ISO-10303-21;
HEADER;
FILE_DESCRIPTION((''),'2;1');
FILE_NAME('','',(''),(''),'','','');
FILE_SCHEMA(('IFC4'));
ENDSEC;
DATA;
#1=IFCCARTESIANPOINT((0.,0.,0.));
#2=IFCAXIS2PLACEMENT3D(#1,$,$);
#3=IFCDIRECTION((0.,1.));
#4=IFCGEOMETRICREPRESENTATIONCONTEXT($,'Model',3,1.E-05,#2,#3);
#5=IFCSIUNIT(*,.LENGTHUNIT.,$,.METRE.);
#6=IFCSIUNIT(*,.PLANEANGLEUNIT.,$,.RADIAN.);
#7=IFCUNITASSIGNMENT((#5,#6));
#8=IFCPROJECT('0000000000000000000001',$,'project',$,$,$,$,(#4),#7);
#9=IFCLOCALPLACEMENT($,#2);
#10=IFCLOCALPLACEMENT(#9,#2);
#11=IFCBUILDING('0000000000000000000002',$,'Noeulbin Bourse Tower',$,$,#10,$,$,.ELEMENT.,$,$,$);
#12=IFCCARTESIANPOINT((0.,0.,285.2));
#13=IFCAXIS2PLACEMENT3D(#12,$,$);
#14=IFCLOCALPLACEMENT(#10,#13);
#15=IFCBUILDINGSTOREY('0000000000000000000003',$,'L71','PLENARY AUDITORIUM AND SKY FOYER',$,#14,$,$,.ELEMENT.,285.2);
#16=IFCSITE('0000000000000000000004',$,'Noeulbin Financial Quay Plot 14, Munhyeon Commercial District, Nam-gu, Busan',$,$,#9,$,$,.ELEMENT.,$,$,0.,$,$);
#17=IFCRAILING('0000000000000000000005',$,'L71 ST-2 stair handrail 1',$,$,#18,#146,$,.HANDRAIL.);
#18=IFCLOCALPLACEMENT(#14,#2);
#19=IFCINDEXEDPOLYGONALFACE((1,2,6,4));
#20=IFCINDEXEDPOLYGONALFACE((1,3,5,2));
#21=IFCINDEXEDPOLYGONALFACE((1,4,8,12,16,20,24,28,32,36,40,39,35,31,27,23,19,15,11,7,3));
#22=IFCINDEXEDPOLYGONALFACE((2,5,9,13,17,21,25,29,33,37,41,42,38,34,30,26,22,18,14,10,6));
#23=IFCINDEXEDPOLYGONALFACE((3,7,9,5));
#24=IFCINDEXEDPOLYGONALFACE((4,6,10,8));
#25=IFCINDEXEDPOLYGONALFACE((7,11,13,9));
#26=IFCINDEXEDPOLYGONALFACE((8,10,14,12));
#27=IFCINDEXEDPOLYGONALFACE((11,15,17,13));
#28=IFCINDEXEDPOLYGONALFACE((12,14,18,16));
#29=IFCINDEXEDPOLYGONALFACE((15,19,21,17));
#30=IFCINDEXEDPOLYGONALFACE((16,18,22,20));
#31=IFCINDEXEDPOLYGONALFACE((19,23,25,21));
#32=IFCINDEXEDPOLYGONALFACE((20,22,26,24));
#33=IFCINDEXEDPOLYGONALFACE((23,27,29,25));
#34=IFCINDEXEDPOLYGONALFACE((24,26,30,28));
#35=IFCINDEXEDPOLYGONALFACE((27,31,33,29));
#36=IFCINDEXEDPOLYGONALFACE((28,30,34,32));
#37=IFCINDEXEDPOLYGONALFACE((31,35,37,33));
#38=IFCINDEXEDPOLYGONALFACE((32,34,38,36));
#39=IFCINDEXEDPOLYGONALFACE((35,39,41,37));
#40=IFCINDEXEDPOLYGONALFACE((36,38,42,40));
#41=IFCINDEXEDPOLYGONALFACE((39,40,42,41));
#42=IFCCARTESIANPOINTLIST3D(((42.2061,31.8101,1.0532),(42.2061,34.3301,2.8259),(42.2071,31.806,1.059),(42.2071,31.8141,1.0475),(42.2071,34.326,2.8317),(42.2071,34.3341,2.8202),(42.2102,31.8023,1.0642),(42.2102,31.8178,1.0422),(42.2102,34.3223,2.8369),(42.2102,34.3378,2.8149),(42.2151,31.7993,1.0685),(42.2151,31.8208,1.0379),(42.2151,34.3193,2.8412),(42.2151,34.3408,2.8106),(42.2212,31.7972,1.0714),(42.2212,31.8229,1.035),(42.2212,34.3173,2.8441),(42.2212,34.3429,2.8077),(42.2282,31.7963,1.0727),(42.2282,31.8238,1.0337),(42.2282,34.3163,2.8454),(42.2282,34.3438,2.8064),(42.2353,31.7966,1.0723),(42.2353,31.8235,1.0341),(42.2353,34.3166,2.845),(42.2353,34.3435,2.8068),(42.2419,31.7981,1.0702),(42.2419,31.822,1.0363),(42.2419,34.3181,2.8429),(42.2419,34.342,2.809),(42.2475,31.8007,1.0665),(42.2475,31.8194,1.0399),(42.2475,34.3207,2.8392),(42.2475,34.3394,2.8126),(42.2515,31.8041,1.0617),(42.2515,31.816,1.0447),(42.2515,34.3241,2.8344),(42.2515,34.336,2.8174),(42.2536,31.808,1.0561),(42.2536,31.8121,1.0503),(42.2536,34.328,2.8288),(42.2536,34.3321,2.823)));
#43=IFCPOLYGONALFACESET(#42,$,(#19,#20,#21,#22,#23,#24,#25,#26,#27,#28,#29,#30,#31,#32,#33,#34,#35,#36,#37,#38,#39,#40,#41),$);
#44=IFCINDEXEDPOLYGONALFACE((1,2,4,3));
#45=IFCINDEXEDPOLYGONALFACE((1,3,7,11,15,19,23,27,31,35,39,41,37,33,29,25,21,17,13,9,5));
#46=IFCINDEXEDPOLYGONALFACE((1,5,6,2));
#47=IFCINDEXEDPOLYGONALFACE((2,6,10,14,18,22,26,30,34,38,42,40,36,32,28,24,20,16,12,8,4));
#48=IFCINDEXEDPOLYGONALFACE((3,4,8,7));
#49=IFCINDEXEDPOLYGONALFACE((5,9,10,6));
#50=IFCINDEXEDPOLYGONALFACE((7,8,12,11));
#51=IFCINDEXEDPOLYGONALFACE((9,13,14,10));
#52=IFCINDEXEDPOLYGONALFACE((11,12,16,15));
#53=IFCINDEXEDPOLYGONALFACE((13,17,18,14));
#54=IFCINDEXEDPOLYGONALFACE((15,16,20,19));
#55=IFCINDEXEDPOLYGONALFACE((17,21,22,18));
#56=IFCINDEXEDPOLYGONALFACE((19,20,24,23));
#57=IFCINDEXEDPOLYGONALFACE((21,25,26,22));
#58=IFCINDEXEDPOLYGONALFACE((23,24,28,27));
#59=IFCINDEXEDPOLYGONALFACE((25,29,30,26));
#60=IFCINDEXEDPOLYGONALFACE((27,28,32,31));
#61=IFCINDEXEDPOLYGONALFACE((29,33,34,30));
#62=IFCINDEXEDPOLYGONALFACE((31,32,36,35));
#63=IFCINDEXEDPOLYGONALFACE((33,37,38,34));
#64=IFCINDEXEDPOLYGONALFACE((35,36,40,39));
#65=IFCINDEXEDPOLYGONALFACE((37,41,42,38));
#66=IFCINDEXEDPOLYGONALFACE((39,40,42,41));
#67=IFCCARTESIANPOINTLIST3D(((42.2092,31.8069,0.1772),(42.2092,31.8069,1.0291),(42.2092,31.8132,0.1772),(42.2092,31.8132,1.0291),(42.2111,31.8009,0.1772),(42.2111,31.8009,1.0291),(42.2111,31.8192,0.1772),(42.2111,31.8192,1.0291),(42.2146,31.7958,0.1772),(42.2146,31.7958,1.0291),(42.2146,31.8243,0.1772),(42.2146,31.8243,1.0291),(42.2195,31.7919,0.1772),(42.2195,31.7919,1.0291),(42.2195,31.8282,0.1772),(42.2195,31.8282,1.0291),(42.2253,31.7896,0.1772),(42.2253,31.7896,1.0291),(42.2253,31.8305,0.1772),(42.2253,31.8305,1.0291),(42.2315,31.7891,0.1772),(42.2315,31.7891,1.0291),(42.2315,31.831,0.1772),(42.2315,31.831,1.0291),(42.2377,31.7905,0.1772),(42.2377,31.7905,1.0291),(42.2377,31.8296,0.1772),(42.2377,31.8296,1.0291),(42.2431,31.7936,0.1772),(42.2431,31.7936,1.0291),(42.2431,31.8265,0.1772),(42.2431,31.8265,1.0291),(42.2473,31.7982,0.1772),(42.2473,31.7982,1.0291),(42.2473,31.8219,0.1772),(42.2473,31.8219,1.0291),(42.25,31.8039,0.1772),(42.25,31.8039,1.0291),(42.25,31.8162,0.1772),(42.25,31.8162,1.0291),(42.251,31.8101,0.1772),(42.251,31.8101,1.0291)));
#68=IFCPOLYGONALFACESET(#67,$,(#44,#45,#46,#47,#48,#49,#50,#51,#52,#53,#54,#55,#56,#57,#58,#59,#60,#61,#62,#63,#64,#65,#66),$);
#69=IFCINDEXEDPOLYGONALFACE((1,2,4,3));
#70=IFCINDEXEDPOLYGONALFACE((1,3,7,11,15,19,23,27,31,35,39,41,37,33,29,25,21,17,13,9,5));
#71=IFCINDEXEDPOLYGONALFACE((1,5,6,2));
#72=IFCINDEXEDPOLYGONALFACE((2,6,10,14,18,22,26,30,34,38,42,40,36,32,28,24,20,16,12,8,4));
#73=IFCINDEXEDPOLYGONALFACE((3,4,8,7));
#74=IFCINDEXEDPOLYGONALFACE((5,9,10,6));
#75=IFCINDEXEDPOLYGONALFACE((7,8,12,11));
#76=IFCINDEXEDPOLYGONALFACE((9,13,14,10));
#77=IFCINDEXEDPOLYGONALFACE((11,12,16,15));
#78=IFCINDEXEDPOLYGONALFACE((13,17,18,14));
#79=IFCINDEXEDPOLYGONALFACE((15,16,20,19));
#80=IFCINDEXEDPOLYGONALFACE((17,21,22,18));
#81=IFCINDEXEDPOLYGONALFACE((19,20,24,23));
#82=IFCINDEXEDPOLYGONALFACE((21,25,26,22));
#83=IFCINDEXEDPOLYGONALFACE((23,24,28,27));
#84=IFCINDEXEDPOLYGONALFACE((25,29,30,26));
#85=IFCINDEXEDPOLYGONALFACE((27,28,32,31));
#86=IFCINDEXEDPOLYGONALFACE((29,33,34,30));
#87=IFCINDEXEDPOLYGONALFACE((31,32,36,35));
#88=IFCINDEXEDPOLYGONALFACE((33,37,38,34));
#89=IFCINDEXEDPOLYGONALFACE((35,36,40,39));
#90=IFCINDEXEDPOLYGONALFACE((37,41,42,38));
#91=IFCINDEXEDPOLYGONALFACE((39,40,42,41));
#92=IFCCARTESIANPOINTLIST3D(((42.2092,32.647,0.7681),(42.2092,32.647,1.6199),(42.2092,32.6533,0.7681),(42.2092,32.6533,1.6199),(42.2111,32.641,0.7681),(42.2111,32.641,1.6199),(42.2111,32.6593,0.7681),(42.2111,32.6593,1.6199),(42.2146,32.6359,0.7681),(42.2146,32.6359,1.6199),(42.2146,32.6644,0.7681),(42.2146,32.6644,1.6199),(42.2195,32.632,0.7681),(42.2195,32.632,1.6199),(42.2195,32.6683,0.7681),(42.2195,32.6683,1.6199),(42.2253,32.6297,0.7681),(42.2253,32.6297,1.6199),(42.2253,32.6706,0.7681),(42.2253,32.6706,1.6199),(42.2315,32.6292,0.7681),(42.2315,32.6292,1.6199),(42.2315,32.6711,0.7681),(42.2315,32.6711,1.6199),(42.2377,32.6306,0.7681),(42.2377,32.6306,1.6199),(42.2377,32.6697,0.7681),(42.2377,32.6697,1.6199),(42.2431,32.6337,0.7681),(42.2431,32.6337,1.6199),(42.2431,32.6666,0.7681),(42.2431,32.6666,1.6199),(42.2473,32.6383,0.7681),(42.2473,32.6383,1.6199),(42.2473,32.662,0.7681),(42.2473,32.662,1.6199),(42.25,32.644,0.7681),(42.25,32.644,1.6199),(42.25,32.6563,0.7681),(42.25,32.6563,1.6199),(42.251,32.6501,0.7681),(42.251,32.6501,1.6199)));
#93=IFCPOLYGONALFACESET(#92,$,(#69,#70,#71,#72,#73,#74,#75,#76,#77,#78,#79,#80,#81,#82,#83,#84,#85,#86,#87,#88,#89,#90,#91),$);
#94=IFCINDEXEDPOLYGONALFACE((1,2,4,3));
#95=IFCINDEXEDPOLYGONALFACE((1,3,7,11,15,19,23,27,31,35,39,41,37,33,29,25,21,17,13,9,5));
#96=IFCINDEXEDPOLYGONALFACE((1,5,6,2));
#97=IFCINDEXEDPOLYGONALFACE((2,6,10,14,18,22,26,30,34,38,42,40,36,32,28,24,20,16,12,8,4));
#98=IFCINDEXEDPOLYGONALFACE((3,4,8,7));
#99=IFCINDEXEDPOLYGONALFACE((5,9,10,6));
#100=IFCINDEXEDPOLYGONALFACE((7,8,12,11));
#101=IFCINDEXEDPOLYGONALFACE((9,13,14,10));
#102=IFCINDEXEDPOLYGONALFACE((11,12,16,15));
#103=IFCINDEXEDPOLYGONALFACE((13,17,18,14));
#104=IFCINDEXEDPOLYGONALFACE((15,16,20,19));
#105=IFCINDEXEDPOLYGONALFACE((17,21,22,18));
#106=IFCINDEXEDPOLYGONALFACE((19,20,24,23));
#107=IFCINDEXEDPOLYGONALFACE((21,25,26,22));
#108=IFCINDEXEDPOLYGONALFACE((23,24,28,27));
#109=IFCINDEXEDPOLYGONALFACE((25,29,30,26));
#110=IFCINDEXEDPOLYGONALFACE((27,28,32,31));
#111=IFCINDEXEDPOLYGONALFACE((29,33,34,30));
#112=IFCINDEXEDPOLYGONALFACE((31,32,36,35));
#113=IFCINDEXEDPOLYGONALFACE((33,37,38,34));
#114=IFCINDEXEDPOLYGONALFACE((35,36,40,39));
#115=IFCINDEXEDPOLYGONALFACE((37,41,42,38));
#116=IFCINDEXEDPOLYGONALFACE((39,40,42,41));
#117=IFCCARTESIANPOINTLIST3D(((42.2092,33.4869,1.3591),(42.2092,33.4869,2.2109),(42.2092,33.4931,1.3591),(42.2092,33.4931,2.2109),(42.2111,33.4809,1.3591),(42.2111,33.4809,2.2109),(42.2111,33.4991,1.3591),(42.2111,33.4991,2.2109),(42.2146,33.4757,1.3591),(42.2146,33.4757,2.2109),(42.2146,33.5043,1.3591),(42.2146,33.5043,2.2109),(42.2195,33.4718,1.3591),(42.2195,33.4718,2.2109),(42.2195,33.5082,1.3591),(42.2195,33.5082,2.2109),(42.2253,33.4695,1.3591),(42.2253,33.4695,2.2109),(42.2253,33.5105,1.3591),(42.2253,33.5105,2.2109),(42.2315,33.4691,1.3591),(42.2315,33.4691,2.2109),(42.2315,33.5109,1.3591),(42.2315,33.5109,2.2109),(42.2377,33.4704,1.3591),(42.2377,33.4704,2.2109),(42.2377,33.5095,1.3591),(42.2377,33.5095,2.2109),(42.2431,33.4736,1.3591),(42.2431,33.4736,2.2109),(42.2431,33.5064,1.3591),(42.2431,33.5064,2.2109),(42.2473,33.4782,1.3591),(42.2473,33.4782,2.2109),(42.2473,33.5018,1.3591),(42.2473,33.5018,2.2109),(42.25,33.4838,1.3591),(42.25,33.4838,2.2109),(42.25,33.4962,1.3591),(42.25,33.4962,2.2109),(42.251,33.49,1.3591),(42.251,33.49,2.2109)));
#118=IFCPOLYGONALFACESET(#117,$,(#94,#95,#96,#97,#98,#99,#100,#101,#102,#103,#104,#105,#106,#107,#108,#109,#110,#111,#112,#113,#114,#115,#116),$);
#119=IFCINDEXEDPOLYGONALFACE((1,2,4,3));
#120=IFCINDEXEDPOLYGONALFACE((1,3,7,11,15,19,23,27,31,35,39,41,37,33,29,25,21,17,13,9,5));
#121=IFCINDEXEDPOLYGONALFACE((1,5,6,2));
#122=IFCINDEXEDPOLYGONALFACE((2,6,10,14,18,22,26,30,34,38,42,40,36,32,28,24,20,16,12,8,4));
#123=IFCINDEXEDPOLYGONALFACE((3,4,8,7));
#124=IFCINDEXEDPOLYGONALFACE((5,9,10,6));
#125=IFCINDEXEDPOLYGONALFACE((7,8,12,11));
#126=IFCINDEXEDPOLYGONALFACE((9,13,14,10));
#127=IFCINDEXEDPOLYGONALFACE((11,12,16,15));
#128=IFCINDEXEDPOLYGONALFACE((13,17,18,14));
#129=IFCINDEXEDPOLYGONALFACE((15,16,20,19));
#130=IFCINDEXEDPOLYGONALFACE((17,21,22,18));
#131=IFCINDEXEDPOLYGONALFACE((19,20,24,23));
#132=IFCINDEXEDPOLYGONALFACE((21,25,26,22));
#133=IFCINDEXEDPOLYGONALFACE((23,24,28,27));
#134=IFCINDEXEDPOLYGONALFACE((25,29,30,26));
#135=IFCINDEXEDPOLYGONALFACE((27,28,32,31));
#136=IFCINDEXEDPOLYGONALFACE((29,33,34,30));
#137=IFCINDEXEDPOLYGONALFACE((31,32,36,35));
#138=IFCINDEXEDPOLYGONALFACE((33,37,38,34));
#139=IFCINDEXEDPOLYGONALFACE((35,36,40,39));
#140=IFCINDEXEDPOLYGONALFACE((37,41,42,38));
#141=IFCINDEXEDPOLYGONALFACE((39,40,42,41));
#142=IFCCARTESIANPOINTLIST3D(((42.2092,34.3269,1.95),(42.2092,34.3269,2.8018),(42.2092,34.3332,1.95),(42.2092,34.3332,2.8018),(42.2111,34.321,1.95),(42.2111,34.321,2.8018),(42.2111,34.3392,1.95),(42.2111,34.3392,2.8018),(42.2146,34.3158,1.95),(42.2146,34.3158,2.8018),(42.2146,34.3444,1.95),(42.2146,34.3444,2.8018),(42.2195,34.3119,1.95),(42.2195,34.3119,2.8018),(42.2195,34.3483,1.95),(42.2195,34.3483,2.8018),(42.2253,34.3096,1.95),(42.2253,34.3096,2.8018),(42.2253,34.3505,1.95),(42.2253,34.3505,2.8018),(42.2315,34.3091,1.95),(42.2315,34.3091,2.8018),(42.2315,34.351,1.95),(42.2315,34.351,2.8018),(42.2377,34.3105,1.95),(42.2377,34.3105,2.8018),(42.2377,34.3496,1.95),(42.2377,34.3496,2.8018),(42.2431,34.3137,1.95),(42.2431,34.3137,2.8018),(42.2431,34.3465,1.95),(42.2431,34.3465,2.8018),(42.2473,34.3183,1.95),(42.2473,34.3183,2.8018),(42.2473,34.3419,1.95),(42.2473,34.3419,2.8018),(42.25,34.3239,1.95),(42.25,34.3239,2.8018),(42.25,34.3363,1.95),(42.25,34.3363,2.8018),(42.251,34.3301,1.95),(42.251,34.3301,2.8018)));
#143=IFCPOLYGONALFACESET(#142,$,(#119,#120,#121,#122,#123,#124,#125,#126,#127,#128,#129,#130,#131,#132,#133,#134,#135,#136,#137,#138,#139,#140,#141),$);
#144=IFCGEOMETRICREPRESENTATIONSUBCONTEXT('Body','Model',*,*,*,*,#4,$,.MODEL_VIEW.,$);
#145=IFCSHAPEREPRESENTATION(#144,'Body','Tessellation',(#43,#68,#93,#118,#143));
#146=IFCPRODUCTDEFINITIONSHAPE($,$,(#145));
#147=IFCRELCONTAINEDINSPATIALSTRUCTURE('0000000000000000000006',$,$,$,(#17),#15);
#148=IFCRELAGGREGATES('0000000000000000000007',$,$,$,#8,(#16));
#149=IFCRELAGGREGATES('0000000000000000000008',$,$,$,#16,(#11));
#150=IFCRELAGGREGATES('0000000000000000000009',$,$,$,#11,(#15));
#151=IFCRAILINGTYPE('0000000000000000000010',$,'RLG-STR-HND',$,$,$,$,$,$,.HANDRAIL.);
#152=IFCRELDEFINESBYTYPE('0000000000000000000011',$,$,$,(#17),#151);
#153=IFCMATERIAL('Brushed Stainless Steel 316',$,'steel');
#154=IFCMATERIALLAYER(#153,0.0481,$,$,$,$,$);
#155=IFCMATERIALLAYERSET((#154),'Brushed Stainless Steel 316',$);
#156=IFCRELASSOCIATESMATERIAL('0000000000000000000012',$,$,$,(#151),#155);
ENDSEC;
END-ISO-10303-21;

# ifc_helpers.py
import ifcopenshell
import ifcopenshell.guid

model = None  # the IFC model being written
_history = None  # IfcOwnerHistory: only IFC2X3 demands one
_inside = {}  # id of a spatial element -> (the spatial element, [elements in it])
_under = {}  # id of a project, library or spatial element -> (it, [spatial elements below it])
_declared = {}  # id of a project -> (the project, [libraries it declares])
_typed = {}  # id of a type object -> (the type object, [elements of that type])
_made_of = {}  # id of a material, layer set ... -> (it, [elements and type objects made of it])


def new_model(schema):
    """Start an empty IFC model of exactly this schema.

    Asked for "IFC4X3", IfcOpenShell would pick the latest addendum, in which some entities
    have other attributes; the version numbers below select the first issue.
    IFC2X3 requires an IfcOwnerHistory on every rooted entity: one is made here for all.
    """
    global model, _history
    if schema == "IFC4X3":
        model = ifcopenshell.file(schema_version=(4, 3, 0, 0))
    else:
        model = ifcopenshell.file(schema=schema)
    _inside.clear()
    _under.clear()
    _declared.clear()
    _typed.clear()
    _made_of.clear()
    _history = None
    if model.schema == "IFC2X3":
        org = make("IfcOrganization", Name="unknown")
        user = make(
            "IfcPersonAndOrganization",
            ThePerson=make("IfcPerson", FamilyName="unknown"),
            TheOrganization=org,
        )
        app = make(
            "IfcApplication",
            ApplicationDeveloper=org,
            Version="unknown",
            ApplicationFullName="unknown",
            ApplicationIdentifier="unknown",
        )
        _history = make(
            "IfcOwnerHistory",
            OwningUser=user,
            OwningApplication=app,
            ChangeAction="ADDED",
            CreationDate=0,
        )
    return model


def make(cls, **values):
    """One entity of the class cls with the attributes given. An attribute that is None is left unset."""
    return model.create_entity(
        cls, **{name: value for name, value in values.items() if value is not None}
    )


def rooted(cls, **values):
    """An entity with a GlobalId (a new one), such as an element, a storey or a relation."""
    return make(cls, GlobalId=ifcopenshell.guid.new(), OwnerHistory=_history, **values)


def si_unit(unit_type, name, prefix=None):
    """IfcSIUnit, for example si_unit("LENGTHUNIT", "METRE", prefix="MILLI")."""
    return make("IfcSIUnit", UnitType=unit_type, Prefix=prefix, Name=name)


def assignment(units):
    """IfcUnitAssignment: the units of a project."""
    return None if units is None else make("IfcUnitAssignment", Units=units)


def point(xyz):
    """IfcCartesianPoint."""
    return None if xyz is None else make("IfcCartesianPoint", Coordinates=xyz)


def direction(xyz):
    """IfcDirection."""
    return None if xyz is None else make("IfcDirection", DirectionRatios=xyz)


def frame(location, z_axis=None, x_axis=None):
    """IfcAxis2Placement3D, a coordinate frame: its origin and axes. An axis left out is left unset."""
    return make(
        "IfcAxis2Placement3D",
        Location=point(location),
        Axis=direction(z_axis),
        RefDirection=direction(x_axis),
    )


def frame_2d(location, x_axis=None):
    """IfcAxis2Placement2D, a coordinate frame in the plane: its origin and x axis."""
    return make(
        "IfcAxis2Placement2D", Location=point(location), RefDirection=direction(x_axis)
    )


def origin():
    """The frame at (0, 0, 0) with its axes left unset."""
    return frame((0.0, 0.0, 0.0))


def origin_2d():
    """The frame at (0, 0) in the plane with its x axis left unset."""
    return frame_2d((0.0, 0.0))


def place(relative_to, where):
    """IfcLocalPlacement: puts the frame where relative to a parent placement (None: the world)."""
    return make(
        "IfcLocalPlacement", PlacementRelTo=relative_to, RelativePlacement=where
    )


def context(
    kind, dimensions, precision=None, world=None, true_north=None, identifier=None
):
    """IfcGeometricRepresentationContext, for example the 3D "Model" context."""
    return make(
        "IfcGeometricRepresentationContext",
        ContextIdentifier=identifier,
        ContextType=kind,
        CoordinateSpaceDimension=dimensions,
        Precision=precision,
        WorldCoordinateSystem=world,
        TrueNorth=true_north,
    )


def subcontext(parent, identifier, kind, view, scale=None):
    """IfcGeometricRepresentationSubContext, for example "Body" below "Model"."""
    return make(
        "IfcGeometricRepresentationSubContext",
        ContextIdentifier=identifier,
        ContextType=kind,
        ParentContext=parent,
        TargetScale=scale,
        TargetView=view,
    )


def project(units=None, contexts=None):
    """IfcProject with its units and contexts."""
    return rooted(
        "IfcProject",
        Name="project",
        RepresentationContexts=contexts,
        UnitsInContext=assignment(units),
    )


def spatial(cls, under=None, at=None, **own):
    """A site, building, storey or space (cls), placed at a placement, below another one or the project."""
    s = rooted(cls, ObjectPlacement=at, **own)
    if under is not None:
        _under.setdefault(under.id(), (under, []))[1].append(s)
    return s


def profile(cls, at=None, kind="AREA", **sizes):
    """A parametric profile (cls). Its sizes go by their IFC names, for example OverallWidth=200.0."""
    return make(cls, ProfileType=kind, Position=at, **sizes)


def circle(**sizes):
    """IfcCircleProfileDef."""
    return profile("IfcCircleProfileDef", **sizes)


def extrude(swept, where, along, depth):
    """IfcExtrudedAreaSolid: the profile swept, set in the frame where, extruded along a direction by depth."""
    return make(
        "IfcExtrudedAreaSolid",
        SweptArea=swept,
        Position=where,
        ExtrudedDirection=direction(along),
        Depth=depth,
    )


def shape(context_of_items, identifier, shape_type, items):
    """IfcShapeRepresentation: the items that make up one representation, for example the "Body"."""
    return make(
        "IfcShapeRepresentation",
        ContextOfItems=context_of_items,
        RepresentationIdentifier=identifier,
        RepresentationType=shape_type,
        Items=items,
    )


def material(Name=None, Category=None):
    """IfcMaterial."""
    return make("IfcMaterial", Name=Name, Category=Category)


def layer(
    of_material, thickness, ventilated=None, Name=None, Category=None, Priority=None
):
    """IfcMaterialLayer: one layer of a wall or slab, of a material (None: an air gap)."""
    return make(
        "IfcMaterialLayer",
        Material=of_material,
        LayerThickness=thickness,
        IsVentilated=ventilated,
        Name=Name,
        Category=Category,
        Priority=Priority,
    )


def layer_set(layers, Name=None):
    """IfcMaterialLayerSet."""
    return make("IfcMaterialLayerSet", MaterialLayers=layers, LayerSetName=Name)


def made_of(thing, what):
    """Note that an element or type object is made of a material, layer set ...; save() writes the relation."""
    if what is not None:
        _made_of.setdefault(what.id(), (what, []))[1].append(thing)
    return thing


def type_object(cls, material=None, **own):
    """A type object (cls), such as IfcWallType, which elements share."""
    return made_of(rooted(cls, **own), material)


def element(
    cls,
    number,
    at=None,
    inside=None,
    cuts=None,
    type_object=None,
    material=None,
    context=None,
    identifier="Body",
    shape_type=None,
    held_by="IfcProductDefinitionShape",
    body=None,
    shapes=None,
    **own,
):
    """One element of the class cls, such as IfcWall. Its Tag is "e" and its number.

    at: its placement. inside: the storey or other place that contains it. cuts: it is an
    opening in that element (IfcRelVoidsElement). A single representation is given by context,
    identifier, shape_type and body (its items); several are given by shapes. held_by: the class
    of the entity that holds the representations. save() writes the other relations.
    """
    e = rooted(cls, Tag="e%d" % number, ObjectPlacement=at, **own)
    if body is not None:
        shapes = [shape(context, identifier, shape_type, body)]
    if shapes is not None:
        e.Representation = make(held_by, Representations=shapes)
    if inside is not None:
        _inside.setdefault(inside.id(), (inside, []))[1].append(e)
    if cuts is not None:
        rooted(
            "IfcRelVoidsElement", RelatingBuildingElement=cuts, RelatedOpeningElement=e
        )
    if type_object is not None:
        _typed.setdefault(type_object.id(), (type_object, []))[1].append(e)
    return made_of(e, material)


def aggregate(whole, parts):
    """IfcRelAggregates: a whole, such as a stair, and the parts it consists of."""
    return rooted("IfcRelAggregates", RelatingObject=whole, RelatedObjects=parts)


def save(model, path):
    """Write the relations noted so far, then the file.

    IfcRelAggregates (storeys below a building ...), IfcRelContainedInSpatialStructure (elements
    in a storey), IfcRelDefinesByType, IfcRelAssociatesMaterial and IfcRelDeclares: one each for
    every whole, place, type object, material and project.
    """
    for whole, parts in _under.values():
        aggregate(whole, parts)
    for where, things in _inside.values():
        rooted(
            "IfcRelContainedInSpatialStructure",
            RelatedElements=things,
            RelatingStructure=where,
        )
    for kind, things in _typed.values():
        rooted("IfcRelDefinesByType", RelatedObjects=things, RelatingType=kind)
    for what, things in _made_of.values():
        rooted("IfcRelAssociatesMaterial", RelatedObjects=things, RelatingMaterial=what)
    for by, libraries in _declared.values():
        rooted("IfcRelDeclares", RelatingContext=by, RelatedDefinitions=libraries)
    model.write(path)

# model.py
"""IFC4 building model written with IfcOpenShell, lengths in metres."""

from ifc_helpers import new_model, si_unit, direction, frame, origin, origin_2d, place, context, subcontext, project, spatial, circle, extrude, material, layer, layer_set, type_object, element, save


model = new_model("IFC4")

# Units and contexts
model_context = context("Model", 3, precision=1e-05, world=origin(), true_north=direction((0.0, 1.0)))
body_context = subcontext(model_context, "Body", "Model", "MODEL_VIEW")
ifc_project = project(units=[si_unit("LENGTHUNIT", "METRE"), si_unit("PLANEANGLEUNIT", "RADIAN")], contexts=[model_context])

# Site, building, storey
site_placement = place(None, origin())
site = spatial("IfcSite", under=ifc_project, at=site_placement, Name="Noeulbin Financial Quay Plot 14, Munhyeon Commercial District, Nam-gu, Busan", CompositionType="ELEMENT", RefElevation=0.0)
building_placement = place(site_placement, origin())
building = spatial("IfcBuilding", under=site, at=building_placement, Name="Noeulbin Bourse Tower", CompositionType="ELEMENT")
storey_placement = place(building_placement, frame((0.0, 0.0, 285.2)))
storey = spatial("IfcBuildingStorey", under=building, at=storey_placement, Name="L71", Description="PLENARY AUDITORIUM AND SKY FOYER", CompositionType="ELEMENT", Elevation=285.2)

# Railing
ifc_material_1 = material(Name="Brushed Stainless Steel 316", Category="steel")
ifc_layer_1 = layer(ifc_material_1, 0.0481)
ifc_layer_set_1 = layer_set([ifc_layer_1], Name="Brushed Stainless Steel 316")
railing_type_1 = type_object("IfcRailingType", Name="RLG-STR-HND", PredefinedType="HANDRAIL", material=ifc_layer_set_1)
railing_1_placement = place(storey_placement, frame((42.23, 31.8101, 0.1772)))
element("IfcRailing", 1, at=railing_1_placement, inside=storey, type_object=railing_type_1, Name="L71 ST-2 stair handrail 1", PredefinedType="HANDRAIL", context=body_context, shape_type="SweptSolid", body=[
    extrude(circle(Radius=0.0239, at=origin_2d()), frame((0.0, 0.0, 0.876), z_axis=(0.0, 0.817904, 0.575354), x_axis=(-1.0, 0.0, 0.0)), (0.0, 0.0, 1.0), 3.0811),
    extrude(circle(Radius=0.021, at=origin_2d()), origin(), (0.0, 0.0, 1.0), 0.8518),
    extrude(circle(Radius=0.021, at=origin_2d()), frame((0.0, 0.8401, 0.5908)), (0.0, 0.0, 1.0), 0.8518),
    extrude(circle(Radius=0.021, at=origin_2d()), frame((0.0, 1.6799, 1.1819)), (0.0, 0.0, 1.0), 0.8518),
    extrude(circle(Radius=0.021, at=origin_2d()), frame((0.0, 2.52, 1.7727)), (0.0, 0.0, 1.0), 0.8518),
])

save(model, "model.ifc")
